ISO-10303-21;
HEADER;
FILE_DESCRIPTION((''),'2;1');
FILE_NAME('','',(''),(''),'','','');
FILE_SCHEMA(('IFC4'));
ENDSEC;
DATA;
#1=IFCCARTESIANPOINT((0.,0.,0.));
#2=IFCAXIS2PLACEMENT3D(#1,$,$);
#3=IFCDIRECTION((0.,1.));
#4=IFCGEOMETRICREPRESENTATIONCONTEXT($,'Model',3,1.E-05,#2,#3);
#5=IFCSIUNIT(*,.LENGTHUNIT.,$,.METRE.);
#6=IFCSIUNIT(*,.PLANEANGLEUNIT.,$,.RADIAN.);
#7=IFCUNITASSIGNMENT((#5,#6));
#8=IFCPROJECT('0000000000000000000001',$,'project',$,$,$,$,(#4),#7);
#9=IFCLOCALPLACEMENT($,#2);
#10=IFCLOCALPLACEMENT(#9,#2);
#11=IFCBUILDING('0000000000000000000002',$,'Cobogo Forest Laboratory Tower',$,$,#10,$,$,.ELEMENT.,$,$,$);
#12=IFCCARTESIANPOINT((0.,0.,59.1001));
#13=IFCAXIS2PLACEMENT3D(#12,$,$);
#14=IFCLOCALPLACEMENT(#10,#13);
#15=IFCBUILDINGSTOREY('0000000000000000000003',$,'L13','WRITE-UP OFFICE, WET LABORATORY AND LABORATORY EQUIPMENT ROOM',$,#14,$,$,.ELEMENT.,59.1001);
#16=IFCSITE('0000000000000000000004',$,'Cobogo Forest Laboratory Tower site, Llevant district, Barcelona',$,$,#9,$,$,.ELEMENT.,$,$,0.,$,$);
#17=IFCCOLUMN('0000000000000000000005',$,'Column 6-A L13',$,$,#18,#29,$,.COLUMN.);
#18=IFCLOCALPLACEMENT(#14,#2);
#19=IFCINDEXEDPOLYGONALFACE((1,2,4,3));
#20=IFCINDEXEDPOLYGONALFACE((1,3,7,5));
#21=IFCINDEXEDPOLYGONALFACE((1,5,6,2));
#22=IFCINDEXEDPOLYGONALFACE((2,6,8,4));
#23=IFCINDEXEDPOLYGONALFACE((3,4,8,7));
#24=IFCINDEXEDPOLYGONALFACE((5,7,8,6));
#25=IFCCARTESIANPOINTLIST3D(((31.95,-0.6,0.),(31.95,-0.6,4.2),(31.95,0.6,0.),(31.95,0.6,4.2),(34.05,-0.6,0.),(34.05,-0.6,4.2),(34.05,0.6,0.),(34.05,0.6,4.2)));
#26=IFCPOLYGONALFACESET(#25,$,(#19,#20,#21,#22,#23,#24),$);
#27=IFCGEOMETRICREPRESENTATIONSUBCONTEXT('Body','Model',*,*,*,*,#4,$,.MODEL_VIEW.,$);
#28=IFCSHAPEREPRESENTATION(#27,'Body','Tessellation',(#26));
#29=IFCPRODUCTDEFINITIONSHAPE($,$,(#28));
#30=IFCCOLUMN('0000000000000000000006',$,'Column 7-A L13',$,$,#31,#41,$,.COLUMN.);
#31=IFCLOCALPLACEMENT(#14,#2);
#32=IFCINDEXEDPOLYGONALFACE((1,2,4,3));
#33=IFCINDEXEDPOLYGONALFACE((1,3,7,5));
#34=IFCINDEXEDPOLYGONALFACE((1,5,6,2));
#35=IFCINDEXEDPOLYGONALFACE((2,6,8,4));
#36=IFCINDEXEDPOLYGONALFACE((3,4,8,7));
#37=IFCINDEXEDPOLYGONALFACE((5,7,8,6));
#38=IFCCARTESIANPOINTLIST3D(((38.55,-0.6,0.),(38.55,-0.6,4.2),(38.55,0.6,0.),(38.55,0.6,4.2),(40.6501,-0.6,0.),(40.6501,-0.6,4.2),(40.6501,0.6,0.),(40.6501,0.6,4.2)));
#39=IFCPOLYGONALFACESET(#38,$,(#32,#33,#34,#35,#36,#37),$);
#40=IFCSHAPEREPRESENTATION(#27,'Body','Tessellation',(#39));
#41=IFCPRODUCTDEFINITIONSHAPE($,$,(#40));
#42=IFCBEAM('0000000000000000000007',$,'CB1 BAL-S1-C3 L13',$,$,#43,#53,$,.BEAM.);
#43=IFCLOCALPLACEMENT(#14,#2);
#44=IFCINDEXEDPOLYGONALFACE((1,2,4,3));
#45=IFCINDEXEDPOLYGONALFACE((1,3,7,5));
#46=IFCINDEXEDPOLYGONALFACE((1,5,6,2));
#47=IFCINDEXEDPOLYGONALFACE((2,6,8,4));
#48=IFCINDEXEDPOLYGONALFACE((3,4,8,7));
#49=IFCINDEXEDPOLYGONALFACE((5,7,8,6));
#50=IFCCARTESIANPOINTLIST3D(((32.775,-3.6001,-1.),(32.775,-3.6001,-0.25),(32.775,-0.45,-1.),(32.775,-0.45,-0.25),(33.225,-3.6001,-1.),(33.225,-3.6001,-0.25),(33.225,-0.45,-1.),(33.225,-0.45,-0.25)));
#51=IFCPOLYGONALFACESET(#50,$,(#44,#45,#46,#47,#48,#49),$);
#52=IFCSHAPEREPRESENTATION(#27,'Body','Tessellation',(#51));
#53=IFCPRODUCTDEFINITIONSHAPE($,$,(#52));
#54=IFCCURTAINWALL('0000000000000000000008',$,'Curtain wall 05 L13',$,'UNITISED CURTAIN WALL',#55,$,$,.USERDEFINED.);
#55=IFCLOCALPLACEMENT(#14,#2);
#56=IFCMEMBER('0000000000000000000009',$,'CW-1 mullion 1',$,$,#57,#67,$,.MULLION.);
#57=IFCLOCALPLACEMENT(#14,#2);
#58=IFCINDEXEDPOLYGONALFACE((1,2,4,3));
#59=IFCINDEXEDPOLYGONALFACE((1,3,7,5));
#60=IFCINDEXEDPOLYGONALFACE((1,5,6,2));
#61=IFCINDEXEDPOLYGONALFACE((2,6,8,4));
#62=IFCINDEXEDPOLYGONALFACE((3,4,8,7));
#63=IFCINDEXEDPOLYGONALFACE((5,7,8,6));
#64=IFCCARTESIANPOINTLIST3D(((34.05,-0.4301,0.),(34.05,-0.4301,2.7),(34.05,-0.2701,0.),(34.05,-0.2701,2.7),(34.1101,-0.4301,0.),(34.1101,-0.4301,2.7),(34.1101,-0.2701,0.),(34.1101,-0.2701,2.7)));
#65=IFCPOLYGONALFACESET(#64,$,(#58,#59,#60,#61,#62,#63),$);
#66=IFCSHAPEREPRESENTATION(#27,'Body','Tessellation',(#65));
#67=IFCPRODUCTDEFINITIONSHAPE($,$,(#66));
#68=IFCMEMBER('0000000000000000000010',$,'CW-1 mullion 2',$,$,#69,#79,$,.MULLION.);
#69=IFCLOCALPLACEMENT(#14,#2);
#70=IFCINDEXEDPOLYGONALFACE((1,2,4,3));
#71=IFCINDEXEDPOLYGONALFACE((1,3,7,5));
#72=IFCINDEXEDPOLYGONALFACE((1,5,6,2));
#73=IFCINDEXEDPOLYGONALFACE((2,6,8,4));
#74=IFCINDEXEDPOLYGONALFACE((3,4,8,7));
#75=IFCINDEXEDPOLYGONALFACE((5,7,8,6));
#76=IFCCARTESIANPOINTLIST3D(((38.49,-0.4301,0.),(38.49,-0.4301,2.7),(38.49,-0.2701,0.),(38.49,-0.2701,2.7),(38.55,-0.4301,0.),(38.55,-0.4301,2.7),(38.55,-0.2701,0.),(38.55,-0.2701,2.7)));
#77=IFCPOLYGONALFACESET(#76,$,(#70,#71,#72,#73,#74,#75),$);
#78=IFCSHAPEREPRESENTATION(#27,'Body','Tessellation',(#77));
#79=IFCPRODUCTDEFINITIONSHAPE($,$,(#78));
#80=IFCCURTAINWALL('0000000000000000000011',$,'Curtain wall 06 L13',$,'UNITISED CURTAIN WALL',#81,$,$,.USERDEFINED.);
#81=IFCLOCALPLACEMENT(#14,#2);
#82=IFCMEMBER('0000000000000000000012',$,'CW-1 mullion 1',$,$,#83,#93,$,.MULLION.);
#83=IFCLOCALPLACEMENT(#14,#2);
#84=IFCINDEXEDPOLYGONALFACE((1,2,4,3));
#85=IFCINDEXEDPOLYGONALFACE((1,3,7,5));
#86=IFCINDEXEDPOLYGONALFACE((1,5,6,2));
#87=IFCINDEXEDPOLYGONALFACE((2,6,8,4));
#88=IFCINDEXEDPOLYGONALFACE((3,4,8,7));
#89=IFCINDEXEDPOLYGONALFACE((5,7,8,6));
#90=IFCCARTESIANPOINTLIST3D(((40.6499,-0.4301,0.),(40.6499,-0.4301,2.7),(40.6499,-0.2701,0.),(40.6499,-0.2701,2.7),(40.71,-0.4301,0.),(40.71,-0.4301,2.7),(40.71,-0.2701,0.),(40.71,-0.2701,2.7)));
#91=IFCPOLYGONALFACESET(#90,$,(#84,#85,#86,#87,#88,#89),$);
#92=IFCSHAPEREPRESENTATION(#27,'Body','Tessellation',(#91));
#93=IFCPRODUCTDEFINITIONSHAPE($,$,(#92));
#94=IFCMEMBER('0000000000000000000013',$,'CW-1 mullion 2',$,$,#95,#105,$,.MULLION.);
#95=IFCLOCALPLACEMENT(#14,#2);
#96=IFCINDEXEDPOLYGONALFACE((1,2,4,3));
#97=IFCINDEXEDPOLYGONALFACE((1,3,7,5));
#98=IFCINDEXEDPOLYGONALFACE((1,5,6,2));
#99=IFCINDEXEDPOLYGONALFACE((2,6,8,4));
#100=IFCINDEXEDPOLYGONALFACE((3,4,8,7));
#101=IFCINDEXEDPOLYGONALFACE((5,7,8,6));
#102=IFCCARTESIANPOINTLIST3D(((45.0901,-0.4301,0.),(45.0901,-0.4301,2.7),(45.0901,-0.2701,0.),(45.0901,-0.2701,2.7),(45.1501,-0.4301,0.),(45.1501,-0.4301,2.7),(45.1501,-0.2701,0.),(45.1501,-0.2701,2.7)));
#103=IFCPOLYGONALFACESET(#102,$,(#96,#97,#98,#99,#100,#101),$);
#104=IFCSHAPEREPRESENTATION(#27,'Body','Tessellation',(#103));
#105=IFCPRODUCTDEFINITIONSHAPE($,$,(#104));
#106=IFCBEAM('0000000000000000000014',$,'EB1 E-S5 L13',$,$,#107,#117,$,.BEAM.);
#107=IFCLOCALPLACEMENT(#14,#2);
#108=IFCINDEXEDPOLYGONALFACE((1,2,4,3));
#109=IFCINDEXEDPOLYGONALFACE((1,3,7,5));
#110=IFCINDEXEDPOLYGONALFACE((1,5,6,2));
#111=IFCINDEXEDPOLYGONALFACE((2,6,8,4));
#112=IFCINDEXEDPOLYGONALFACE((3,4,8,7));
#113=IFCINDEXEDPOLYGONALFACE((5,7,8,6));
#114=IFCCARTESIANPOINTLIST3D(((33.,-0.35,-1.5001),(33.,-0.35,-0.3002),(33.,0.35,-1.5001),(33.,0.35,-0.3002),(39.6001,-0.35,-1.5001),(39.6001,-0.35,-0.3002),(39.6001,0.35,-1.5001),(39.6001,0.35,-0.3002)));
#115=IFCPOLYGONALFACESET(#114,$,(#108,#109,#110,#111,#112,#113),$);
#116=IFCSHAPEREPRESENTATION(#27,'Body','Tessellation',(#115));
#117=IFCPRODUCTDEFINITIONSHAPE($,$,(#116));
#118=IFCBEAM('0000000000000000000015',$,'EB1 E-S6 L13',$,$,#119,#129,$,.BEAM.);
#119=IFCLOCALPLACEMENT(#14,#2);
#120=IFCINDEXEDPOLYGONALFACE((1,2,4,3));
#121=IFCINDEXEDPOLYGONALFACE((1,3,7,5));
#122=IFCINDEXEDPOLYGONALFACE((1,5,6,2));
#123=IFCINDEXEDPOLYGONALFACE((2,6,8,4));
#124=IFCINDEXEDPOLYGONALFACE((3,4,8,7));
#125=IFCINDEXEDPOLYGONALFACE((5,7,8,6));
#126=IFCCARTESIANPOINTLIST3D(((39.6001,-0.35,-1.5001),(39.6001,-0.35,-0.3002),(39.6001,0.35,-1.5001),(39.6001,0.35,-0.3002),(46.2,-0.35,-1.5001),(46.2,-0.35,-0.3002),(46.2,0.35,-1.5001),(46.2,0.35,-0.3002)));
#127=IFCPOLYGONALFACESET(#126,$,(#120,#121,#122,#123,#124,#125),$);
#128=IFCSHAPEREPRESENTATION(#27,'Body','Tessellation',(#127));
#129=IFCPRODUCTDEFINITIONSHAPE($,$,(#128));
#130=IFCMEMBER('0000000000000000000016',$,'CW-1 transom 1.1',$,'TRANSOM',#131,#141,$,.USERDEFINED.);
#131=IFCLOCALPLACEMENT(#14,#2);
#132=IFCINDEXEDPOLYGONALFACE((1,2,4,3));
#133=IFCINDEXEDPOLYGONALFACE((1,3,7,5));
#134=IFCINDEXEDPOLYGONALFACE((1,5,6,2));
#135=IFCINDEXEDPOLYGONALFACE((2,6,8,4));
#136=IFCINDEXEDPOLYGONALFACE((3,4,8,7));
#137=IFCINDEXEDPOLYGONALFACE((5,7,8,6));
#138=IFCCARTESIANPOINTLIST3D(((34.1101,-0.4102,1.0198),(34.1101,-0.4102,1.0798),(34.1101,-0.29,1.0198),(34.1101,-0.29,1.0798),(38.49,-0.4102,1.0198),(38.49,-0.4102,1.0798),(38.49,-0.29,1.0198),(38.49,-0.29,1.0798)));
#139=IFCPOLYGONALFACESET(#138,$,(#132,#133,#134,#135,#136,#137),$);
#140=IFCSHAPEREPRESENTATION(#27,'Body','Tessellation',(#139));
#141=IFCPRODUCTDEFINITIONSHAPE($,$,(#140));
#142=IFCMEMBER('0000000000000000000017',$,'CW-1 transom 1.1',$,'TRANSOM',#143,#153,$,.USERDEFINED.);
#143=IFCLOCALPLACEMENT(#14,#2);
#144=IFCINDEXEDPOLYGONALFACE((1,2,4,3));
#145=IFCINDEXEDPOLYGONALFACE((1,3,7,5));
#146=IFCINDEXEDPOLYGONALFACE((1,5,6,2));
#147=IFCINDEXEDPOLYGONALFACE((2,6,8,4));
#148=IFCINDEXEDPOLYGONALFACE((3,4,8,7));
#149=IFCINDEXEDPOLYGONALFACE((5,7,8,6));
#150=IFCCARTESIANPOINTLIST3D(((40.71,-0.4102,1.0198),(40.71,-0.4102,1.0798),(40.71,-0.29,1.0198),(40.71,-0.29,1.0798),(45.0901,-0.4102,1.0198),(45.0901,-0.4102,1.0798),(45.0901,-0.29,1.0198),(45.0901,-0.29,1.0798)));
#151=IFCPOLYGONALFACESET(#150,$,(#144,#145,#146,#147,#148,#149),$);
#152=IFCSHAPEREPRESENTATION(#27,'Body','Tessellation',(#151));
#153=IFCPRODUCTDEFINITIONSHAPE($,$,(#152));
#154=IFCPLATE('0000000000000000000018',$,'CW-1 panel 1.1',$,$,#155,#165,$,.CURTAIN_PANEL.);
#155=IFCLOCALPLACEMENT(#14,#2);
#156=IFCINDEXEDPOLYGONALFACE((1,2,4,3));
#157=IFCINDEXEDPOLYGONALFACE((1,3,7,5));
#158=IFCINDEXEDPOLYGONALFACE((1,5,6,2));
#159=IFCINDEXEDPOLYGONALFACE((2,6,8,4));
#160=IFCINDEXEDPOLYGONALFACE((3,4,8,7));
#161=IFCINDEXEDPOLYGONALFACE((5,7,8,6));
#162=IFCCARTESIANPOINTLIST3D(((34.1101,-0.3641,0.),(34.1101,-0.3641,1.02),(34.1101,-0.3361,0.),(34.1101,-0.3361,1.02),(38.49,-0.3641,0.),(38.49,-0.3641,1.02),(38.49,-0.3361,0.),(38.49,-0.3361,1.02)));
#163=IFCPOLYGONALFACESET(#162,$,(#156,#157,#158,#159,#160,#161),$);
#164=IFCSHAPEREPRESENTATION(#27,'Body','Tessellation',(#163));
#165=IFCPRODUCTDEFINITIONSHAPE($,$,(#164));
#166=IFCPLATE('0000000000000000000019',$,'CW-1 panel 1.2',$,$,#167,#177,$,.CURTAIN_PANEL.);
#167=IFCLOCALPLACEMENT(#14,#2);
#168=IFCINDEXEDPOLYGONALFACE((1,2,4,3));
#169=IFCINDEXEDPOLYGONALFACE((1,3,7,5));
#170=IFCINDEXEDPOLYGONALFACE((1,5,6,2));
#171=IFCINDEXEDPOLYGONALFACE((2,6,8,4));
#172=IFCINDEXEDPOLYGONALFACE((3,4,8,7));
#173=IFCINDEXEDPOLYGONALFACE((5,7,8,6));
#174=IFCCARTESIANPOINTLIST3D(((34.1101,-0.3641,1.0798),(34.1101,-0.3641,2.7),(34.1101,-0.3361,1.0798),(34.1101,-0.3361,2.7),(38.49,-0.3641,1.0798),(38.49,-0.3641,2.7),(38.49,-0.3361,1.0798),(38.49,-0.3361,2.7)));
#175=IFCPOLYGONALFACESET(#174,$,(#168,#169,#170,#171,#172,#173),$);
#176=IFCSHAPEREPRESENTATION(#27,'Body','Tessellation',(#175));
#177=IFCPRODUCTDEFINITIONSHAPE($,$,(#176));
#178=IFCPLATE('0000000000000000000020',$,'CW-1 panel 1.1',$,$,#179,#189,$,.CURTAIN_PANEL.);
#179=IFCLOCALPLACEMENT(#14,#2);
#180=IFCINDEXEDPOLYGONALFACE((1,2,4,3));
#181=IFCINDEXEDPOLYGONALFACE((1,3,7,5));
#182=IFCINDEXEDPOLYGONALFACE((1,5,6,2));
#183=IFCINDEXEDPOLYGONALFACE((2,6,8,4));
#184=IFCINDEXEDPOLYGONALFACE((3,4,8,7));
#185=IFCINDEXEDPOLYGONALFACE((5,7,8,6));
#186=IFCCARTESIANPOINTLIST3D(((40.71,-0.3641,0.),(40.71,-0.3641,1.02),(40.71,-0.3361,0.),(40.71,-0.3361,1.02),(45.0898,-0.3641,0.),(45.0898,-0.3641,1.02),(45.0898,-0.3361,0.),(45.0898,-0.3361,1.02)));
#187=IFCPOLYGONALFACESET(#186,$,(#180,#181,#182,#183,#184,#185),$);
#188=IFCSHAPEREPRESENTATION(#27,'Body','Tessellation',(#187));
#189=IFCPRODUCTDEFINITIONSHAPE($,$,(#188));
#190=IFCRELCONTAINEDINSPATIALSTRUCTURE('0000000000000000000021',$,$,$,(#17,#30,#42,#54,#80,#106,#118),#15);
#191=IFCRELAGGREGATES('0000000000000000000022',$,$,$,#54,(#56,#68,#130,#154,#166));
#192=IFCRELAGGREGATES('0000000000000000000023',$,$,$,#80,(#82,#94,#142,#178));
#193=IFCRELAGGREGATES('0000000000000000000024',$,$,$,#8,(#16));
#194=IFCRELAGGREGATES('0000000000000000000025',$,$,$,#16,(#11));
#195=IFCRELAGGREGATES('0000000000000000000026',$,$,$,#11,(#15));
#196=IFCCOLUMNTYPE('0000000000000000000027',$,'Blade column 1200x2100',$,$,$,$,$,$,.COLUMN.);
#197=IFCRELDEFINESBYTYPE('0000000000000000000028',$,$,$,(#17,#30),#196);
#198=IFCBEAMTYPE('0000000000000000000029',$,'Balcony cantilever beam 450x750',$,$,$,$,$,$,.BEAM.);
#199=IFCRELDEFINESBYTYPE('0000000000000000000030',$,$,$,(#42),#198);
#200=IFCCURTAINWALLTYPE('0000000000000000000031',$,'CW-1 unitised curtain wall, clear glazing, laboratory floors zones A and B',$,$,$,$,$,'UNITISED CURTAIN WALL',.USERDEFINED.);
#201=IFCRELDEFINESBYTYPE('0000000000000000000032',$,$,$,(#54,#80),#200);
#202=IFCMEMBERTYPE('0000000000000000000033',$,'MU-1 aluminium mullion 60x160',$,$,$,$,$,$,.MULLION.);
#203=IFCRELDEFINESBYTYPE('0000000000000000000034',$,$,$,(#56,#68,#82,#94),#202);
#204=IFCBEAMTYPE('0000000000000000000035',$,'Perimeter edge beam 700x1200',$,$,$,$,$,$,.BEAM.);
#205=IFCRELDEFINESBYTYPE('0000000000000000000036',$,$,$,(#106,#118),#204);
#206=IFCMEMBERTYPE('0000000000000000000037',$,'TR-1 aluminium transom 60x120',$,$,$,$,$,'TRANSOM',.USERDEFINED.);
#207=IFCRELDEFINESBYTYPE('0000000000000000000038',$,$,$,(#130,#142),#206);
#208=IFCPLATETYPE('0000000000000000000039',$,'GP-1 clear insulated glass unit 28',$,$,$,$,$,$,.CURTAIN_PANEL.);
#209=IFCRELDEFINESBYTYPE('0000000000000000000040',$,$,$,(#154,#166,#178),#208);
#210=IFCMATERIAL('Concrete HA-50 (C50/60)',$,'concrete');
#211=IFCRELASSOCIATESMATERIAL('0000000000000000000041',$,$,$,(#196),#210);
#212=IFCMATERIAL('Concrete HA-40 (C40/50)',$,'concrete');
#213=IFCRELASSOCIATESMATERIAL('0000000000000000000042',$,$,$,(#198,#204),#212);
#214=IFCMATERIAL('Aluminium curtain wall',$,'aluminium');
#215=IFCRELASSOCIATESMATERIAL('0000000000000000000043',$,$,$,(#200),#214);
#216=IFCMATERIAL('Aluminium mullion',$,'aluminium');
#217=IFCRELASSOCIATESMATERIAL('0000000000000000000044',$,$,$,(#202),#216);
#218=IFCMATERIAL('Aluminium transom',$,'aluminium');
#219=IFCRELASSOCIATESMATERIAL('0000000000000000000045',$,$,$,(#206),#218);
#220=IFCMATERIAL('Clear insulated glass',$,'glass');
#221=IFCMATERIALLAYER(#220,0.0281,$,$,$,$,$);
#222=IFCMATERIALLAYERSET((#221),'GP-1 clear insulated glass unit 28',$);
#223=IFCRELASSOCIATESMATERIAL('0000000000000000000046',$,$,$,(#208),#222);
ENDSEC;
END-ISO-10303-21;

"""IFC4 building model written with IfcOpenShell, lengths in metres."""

from ifc_helpers import new_model, si_unit, direction, frame, origin, origin_2d, place, context, subcontext, project, spatial, rectangle, extrude, material, layer, layer_set, material_profile, profile_set, type_object, element, aggregate, save


model = new_model("IFC4")

# Units and contexts
model_context = context("Model", 3, precision=1e-05, world=origin(), true_north=direction((0.0, 1.0)))
body_context = subcontext(model_context, "Body", "Model", "MODEL_VIEW")
ifc_project = project(units=[si_unit("LENGTHUNIT", "METRE"), si_unit("PLANEANGLEUNIT", "RADIAN")], contexts=[model_context])

# Site, building, storey
site_placement = place(None, origin())
site = spatial("IfcSite", under=ifc_project, at=site_placement, Name="Cobogo Forest Laboratory Tower site, Llevant district, Barcelona", CompositionType="ELEMENT", RefElevation=0.0)
building_placement = place(site_placement, origin())
building = spatial("IfcBuilding", under=site, at=building_placement, Name="Cobogo Forest Laboratory Tower", CompositionType="ELEMENT")
storey_placement = place(building_placement, frame((0.0, 0.0, 59.1001)))
storey = spatial("IfcBuildingStorey", under=building, at=storey_placement, Name="L13", Description="WRITE-UP OFFICE, WET LABORATORY AND LABORATORY EQUIPMENT ROOM", CompositionType="ELEMENT", Elevation=59.1001)

# Columns
ifc_material_1 = material(Name="Concrete HA-50 (C50/60)", Category="concrete")
ifc_material_profile_1 = material_profile(ifc_material_1, rectangle(XDim=2.1001, YDim=1.2, at=origin_2d()), Name="RC 1200x2100")
ifc_profile_set_1 = profile_set([ifc_material_profile_1], Name="Concrete HA-50 (C50/60)")
column_type = type_object("IfcColumnType", Name="Blade column 1200x2100", PredefinedType="COLUMN", material=ifc_profile_set_1)
for number, where, z_axis, x_axis, name in (
    (1, (33.0, 0.0, 0.0), (0.0, 0.0, 1.0), (1.0, 0.0, 0.0), "Column 6-A L13"),
    (2, (39.6001, 0.0, 0.0), (0.0, 0.0, 1.0), (1.0, 0.0, 0.0), "Column 7-A L13"),
):
    element("IfcColumn", number, at=place(storey_placement, frame(where, z_axis=z_axis, x_axis=x_axis)), inside=storey, type_object=column_type, Name=name, PredefinedType="COLUMN", context=body_context, shape_type="SweptSolid", body=[
        extrude(rectangle(XDim=2.1001, YDim=1.2, at=origin_2d()), origin(), (0.0, 0.0, 1.0), 4.2),
    ])

# Beam
ifc_material_2 = material(Name="Concrete HA-40 (C40/50)", Category="concrete")
ifc_material_profile_2 = material_profile(ifc_material_2, rectangle(XDim=0.45, YDim=0.75, at=origin_2d()), Name="RC 450x750")
ifc_profile_set_2 = profile_set([ifc_material_profile_2], Name="Concrete HA-40 (C40/50)")
beam_type_1 = type_object("IfcBeamType", Name="Balcony cantilever beam 450x750", PredefinedType="BEAM", material=ifc_profile_set_2)
beam_1_placement = place(storey_placement, frame((33.0, -0.45, -0.625), z_axis=(0.0, -1.0, 0.0), x_axis=(1.0, 0.0, 0.0)))
element("IfcBeam", 3, at=beam_1_placement, inside=storey, type_object=beam_type_1, Name="CB1 BAL-S1-C3 L13", PredefinedType="BEAM", context=body_context, shape_type="SweptSolid", body=[
    extrude(rectangle(XDim=0.45, YDim=0.75, at=origin_2d()), origin(), (0.0, 0.0, 1.0), 3.1501),
])

# Curtain walls, members
ifc_material_3 = material(Name="Aluminium curtain wall", Category="aluminium")
curtain_wall_type = type_object("IfcCurtainWallType", Name="CW-1 unitised curtain wall, clear glazing, laboratory floors zones A and B", ElementType="UNITISED CURTAIN WALL", PredefinedType="USERDEFINED", material=ifc_material_3)
curtain_wall_1_placement = place(storey_placement, origin())
curtain_wall_1 = element("IfcCurtainWall", 4, at=curtain_wall_1_placement, inside=storey, type_object=curtain_wall_type, Name="Curtain wall 05 L13", ObjectType="UNITISED CURTAIN WALL", PredefinedType="USERDEFINED")
ifc_material_4 = material(Name="Aluminium mullion", Category="aluminium")
ifc_material_profile_3 = material_profile(ifc_material_4, rectangle(XDim=0.0601, YDim=0.1599, at=origin_2d()), Name="AL 60x160")
ifc_profile_set_3 = profile_set([ifc_material_profile_3], Name="Aluminium mullion")
member_type_1 = type_object("IfcMemberType", Name="MU-1 aluminium mullion 60x160", PredefinedType="MULLION", material=ifc_profile_set_3)
member_1_placement = place(storey_placement, frame((34.0801, -0.3501, 0.0), z_axis=(0.0, 0.0, 1.0), x_axis=(1.0, 0.0, 0.0)))
member_1 = element("IfcMember", 5, at=member_1_placement, type_object=member_type_1, Name="CW-1 mullion 1", PredefinedType="MULLION", context=body_context, shape_type="SweptSolid", body=[
    extrude(rectangle(XDim=0.0601, YDim=0.1599, at=origin_2d()), origin(), (0.0, 0.0, 1.0), 2.7),
])
member_2_placement = place(storey_placement, frame((38.52, -0.3501, 0.0), z_axis=(0.0, 0.0, 1.0), x_axis=(1.0, 0.0, 0.0)))
member_2 = element("IfcMember", 6, at=member_2_placement, type_object=member_type_1, Name="CW-1 mullion 2", PredefinedType="MULLION", context=body_context, shape_type="SweptSolid", body=[
    extrude(rectangle(XDim=0.0601, YDim=0.1599, at=origin_2d()), origin(), (0.0, 0.0, 1.0), 2.7),
])
curtain_wall_2_placement = place(storey_placement, origin())
curtain_wall_2 = element("IfcCurtainWall", 7, at=curtain_wall_2_placement, inside=storey, type_object=curtain_wall_type, Name="Curtain wall 06 L13", ObjectType="UNITISED CURTAIN WALL", PredefinedType="USERDEFINED")
member_3_placement = place(storey_placement, frame((40.6799, -0.3501, 0.0), z_axis=(0.0, 0.0, 1.0), x_axis=(1.0, 0.0, 0.0)))
member_3 = element("IfcMember", 8, at=member_3_placement, type_object=member_type_1, Name="CW-1 mullion 1", PredefinedType="MULLION", context=body_context, shape_type="SweptSolid", body=[
    extrude(rectangle(XDim=0.0601, YDim=0.1599, at=origin_2d()), origin(), (0.0, 0.0, 1.0), 2.7),
])
member_4_placement = place(storey_placement, frame((45.1201, -0.3501, 0.0), z_axis=(0.0, 0.0, 1.0), x_axis=(1.0, 0.0, 0.0)))
member_4 = element("IfcMember", 9, at=member_4_placement, type_object=member_type_1, Name="CW-1 mullion 2", PredefinedType="MULLION", context=body_context, shape_type="SweptSolid", body=[
    extrude(rectangle(XDim=0.0601, YDim=0.1599, at=origin_2d()), origin(), (0.0, 0.0, 1.0), 2.7),
])

# Beams
ifc_material_profile_4 = material_profile(ifc_material_2, rectangle(XDim=0.7, YDim=1.2, at=origin_2d()), Name="RC 700x1200")
ifc_profile_set_4 = profile_set([ifc_material_profile_4], Name="Concrete HA-40 (C40/50)")
beam_type_2 = type_object("IfcBeamType", Name="Perimeter edge beam 700x1200", PredefinedType="BEAM", material=ifc_profile_set_4)
beam_2_placement = place(storey_placement, frame((33.0, 0.0, -0.9001), z_axis=(1.0, 0.0, 0.0), x_axis=(0.0, 1.0, 0.0)))
element("IfcBeam", 10, at=beam_2_placement, inside=storey, type_object=beam_type_2, Name="EB1 E-S5 L13", PredefinedType="BEAM", context=body_context, shape_type="SweptSolid", body=[
    extrude(rectangle(XDim=0.7, YDim=1.2, at=origin_2d()), origin(), (0.0, 0.0, 1.0), 6.6001),
])
beam_3_placement = place(storey_placement, frame((39.6001, 0.0, -0.9001), z_axis=(1.0, 0.0, 0.0), x_axis=(0.0, 1.0, 0.0)))
element("IfcBeam", 11, at=beam_3_placement, inside=storey, type_object=beam_type_2, Name="EB1 E-S6 L13", PredefinedType="BEAM", context=body_context, shape_type="SweptSolid", body=[
    extrude(rectangle(XDim=0.7, YDim=1.2, at=origin_2d()), origin(), (0.0, 0.0, 1.0), 6.5999),
])

# Members
ifc_material_5 = material(Name="Aluminium transom", Category="aluminium")
ifc_material_profile_5 = material_profile(ifc_material_5, rectangle(XDim=0.1201, YDim=0.0601, at=origin_2d()), Name="AL 60x120")
ifc_profile_set_5 = profile_set([ifc_material_profile_5], Name="Aluminium transom")
member_type_2 = type_object("IfcMemberType", Name="TR-1 aluminium transom 60x120", ElementType="TRANSOM", PredefinedType="USERDEFINED", material=ifc_profile_set_5)
member_5_placement = place(storey_placement, frame((34.1101, -0.3501, 1.0498), z_axis=(1.0, 0.0, 0.0), x_axis=(0.0, 1.0, 0.0)))
member_5 = element("IfcMember", 12, at=member_5_placement, type_object=member_type_2, Name="CW-1 transom 1.1", ObjectType="TRANSOM", PredefinedType="USERDEFINED", context=body_context, shape_type="SweptSolid", body=[
    extrude(rectangle(XDim=0.1201, YDim=0.0601, at=origin_2d()), origin(), (0.0, 0.0, 1.0), 4.3799),
])
member_6_placement = place(storey_placement, frame((40.71, -0.3501, 1.0498), z_axis=(1.0, 0.0, 0.0), x_axis=(0.0, 1.0, 0.0)))
member_6 = element("IfcMember", 13, at=member_6_placement, type_object=member_type_2, Name="CW-1 transom 1.1", ObjectType="TRANSOM", PredefinedType="USERDEFINED", context=body_context, shape_type="SweptSolid", body=[
    extrude(rectangle(XDim=0.1201, YDim=0.0601, at=origin_2d()), origin(), (0.0, 0.0, 1.0), 4.3801),
])

# Plates
ifc_material_6 = material(Name="Clear insulated glass", Category="glass")
ifc_layer_1 = layer(ifc_material_6, 0.0281)
ifc_layer_set_1 = layer_set([ifc_layer_1], Name="GP-1 clear insulated glass unit 28")
plate_type_1 = type_object("IfcPlateType", Name="GP-1 clear insulated glass unit 28", PredefinedType="CURTAIN_PANEL", material=ifc_layer_set_1)
plate_1_placement = place(storey_placement, frame((36.3, -0.3501, 0.0), z_axis=(0.0, 0.0, 1.0), x_axis=(1.0, 0.0, 0.0)))
plate_1 = element("IfcPlate", 14, at=plate_1_placement, type_object=plate_type_1, Name="CW-1 panel 1.1", PredefinedType="CURTAIN_PANEL", context=body_context, shape_type="SweptSolid", body=[
    extrude(rectangle(XDim=4.3799, YDim=0.0281, at=origin_2d()), origin(), (0.0, 0.0, 1.0), 1.02),
])
plate_2_placement = place(storey_placement, frame((36.3, -0.3501, 1.0798), z_axis=(0.0, 0.0, 1.0), x_axis=(1.0, 0.0, 0.0)))
plate_2 = element("IfcPlate", 15, at=plate_2_placement, type_object=plate_type_1, Name="CW-1 panel 1.2", PredefinedType="CURTAIN_PANEL", context=body_context, shape_type="SweptSolid", body=[
    extrude(rectangle(XDim=4.3799, YDim=0.0281, at=origin_2d()), origin(), (0.0, 0.0, 1.0), 1.6201),
])
aggregate(curtain_wall_1, [member_1, member_2, member_5, plate_1, plate_2])
plate_3_placement = place(storey_placement, frame((42.8999, -0.3501, 0.0), z_axis=(0.0, 0.0, 1.0), x_axis=(1.0, 0.0, 0.0)))
plate_3 = element("IfcPlate", 16, at=plate_3_placement, type_object=plate_type_1, Name="CW-1 panel 1.1", PredefinedType="CURTAIN_PANEL", context=body_context, shape_type="SweptSolid", body=[
    extrude(rectangle(XDim=4.3799, YDim=0.0281, at=origin_2d()), origin(), (0.0, 0.0, 1.0), 1.02),
])
aggregate(curtain_wall_2, [member_3, member_4, member_6, plate_3])

save(model, "model.ifc")
